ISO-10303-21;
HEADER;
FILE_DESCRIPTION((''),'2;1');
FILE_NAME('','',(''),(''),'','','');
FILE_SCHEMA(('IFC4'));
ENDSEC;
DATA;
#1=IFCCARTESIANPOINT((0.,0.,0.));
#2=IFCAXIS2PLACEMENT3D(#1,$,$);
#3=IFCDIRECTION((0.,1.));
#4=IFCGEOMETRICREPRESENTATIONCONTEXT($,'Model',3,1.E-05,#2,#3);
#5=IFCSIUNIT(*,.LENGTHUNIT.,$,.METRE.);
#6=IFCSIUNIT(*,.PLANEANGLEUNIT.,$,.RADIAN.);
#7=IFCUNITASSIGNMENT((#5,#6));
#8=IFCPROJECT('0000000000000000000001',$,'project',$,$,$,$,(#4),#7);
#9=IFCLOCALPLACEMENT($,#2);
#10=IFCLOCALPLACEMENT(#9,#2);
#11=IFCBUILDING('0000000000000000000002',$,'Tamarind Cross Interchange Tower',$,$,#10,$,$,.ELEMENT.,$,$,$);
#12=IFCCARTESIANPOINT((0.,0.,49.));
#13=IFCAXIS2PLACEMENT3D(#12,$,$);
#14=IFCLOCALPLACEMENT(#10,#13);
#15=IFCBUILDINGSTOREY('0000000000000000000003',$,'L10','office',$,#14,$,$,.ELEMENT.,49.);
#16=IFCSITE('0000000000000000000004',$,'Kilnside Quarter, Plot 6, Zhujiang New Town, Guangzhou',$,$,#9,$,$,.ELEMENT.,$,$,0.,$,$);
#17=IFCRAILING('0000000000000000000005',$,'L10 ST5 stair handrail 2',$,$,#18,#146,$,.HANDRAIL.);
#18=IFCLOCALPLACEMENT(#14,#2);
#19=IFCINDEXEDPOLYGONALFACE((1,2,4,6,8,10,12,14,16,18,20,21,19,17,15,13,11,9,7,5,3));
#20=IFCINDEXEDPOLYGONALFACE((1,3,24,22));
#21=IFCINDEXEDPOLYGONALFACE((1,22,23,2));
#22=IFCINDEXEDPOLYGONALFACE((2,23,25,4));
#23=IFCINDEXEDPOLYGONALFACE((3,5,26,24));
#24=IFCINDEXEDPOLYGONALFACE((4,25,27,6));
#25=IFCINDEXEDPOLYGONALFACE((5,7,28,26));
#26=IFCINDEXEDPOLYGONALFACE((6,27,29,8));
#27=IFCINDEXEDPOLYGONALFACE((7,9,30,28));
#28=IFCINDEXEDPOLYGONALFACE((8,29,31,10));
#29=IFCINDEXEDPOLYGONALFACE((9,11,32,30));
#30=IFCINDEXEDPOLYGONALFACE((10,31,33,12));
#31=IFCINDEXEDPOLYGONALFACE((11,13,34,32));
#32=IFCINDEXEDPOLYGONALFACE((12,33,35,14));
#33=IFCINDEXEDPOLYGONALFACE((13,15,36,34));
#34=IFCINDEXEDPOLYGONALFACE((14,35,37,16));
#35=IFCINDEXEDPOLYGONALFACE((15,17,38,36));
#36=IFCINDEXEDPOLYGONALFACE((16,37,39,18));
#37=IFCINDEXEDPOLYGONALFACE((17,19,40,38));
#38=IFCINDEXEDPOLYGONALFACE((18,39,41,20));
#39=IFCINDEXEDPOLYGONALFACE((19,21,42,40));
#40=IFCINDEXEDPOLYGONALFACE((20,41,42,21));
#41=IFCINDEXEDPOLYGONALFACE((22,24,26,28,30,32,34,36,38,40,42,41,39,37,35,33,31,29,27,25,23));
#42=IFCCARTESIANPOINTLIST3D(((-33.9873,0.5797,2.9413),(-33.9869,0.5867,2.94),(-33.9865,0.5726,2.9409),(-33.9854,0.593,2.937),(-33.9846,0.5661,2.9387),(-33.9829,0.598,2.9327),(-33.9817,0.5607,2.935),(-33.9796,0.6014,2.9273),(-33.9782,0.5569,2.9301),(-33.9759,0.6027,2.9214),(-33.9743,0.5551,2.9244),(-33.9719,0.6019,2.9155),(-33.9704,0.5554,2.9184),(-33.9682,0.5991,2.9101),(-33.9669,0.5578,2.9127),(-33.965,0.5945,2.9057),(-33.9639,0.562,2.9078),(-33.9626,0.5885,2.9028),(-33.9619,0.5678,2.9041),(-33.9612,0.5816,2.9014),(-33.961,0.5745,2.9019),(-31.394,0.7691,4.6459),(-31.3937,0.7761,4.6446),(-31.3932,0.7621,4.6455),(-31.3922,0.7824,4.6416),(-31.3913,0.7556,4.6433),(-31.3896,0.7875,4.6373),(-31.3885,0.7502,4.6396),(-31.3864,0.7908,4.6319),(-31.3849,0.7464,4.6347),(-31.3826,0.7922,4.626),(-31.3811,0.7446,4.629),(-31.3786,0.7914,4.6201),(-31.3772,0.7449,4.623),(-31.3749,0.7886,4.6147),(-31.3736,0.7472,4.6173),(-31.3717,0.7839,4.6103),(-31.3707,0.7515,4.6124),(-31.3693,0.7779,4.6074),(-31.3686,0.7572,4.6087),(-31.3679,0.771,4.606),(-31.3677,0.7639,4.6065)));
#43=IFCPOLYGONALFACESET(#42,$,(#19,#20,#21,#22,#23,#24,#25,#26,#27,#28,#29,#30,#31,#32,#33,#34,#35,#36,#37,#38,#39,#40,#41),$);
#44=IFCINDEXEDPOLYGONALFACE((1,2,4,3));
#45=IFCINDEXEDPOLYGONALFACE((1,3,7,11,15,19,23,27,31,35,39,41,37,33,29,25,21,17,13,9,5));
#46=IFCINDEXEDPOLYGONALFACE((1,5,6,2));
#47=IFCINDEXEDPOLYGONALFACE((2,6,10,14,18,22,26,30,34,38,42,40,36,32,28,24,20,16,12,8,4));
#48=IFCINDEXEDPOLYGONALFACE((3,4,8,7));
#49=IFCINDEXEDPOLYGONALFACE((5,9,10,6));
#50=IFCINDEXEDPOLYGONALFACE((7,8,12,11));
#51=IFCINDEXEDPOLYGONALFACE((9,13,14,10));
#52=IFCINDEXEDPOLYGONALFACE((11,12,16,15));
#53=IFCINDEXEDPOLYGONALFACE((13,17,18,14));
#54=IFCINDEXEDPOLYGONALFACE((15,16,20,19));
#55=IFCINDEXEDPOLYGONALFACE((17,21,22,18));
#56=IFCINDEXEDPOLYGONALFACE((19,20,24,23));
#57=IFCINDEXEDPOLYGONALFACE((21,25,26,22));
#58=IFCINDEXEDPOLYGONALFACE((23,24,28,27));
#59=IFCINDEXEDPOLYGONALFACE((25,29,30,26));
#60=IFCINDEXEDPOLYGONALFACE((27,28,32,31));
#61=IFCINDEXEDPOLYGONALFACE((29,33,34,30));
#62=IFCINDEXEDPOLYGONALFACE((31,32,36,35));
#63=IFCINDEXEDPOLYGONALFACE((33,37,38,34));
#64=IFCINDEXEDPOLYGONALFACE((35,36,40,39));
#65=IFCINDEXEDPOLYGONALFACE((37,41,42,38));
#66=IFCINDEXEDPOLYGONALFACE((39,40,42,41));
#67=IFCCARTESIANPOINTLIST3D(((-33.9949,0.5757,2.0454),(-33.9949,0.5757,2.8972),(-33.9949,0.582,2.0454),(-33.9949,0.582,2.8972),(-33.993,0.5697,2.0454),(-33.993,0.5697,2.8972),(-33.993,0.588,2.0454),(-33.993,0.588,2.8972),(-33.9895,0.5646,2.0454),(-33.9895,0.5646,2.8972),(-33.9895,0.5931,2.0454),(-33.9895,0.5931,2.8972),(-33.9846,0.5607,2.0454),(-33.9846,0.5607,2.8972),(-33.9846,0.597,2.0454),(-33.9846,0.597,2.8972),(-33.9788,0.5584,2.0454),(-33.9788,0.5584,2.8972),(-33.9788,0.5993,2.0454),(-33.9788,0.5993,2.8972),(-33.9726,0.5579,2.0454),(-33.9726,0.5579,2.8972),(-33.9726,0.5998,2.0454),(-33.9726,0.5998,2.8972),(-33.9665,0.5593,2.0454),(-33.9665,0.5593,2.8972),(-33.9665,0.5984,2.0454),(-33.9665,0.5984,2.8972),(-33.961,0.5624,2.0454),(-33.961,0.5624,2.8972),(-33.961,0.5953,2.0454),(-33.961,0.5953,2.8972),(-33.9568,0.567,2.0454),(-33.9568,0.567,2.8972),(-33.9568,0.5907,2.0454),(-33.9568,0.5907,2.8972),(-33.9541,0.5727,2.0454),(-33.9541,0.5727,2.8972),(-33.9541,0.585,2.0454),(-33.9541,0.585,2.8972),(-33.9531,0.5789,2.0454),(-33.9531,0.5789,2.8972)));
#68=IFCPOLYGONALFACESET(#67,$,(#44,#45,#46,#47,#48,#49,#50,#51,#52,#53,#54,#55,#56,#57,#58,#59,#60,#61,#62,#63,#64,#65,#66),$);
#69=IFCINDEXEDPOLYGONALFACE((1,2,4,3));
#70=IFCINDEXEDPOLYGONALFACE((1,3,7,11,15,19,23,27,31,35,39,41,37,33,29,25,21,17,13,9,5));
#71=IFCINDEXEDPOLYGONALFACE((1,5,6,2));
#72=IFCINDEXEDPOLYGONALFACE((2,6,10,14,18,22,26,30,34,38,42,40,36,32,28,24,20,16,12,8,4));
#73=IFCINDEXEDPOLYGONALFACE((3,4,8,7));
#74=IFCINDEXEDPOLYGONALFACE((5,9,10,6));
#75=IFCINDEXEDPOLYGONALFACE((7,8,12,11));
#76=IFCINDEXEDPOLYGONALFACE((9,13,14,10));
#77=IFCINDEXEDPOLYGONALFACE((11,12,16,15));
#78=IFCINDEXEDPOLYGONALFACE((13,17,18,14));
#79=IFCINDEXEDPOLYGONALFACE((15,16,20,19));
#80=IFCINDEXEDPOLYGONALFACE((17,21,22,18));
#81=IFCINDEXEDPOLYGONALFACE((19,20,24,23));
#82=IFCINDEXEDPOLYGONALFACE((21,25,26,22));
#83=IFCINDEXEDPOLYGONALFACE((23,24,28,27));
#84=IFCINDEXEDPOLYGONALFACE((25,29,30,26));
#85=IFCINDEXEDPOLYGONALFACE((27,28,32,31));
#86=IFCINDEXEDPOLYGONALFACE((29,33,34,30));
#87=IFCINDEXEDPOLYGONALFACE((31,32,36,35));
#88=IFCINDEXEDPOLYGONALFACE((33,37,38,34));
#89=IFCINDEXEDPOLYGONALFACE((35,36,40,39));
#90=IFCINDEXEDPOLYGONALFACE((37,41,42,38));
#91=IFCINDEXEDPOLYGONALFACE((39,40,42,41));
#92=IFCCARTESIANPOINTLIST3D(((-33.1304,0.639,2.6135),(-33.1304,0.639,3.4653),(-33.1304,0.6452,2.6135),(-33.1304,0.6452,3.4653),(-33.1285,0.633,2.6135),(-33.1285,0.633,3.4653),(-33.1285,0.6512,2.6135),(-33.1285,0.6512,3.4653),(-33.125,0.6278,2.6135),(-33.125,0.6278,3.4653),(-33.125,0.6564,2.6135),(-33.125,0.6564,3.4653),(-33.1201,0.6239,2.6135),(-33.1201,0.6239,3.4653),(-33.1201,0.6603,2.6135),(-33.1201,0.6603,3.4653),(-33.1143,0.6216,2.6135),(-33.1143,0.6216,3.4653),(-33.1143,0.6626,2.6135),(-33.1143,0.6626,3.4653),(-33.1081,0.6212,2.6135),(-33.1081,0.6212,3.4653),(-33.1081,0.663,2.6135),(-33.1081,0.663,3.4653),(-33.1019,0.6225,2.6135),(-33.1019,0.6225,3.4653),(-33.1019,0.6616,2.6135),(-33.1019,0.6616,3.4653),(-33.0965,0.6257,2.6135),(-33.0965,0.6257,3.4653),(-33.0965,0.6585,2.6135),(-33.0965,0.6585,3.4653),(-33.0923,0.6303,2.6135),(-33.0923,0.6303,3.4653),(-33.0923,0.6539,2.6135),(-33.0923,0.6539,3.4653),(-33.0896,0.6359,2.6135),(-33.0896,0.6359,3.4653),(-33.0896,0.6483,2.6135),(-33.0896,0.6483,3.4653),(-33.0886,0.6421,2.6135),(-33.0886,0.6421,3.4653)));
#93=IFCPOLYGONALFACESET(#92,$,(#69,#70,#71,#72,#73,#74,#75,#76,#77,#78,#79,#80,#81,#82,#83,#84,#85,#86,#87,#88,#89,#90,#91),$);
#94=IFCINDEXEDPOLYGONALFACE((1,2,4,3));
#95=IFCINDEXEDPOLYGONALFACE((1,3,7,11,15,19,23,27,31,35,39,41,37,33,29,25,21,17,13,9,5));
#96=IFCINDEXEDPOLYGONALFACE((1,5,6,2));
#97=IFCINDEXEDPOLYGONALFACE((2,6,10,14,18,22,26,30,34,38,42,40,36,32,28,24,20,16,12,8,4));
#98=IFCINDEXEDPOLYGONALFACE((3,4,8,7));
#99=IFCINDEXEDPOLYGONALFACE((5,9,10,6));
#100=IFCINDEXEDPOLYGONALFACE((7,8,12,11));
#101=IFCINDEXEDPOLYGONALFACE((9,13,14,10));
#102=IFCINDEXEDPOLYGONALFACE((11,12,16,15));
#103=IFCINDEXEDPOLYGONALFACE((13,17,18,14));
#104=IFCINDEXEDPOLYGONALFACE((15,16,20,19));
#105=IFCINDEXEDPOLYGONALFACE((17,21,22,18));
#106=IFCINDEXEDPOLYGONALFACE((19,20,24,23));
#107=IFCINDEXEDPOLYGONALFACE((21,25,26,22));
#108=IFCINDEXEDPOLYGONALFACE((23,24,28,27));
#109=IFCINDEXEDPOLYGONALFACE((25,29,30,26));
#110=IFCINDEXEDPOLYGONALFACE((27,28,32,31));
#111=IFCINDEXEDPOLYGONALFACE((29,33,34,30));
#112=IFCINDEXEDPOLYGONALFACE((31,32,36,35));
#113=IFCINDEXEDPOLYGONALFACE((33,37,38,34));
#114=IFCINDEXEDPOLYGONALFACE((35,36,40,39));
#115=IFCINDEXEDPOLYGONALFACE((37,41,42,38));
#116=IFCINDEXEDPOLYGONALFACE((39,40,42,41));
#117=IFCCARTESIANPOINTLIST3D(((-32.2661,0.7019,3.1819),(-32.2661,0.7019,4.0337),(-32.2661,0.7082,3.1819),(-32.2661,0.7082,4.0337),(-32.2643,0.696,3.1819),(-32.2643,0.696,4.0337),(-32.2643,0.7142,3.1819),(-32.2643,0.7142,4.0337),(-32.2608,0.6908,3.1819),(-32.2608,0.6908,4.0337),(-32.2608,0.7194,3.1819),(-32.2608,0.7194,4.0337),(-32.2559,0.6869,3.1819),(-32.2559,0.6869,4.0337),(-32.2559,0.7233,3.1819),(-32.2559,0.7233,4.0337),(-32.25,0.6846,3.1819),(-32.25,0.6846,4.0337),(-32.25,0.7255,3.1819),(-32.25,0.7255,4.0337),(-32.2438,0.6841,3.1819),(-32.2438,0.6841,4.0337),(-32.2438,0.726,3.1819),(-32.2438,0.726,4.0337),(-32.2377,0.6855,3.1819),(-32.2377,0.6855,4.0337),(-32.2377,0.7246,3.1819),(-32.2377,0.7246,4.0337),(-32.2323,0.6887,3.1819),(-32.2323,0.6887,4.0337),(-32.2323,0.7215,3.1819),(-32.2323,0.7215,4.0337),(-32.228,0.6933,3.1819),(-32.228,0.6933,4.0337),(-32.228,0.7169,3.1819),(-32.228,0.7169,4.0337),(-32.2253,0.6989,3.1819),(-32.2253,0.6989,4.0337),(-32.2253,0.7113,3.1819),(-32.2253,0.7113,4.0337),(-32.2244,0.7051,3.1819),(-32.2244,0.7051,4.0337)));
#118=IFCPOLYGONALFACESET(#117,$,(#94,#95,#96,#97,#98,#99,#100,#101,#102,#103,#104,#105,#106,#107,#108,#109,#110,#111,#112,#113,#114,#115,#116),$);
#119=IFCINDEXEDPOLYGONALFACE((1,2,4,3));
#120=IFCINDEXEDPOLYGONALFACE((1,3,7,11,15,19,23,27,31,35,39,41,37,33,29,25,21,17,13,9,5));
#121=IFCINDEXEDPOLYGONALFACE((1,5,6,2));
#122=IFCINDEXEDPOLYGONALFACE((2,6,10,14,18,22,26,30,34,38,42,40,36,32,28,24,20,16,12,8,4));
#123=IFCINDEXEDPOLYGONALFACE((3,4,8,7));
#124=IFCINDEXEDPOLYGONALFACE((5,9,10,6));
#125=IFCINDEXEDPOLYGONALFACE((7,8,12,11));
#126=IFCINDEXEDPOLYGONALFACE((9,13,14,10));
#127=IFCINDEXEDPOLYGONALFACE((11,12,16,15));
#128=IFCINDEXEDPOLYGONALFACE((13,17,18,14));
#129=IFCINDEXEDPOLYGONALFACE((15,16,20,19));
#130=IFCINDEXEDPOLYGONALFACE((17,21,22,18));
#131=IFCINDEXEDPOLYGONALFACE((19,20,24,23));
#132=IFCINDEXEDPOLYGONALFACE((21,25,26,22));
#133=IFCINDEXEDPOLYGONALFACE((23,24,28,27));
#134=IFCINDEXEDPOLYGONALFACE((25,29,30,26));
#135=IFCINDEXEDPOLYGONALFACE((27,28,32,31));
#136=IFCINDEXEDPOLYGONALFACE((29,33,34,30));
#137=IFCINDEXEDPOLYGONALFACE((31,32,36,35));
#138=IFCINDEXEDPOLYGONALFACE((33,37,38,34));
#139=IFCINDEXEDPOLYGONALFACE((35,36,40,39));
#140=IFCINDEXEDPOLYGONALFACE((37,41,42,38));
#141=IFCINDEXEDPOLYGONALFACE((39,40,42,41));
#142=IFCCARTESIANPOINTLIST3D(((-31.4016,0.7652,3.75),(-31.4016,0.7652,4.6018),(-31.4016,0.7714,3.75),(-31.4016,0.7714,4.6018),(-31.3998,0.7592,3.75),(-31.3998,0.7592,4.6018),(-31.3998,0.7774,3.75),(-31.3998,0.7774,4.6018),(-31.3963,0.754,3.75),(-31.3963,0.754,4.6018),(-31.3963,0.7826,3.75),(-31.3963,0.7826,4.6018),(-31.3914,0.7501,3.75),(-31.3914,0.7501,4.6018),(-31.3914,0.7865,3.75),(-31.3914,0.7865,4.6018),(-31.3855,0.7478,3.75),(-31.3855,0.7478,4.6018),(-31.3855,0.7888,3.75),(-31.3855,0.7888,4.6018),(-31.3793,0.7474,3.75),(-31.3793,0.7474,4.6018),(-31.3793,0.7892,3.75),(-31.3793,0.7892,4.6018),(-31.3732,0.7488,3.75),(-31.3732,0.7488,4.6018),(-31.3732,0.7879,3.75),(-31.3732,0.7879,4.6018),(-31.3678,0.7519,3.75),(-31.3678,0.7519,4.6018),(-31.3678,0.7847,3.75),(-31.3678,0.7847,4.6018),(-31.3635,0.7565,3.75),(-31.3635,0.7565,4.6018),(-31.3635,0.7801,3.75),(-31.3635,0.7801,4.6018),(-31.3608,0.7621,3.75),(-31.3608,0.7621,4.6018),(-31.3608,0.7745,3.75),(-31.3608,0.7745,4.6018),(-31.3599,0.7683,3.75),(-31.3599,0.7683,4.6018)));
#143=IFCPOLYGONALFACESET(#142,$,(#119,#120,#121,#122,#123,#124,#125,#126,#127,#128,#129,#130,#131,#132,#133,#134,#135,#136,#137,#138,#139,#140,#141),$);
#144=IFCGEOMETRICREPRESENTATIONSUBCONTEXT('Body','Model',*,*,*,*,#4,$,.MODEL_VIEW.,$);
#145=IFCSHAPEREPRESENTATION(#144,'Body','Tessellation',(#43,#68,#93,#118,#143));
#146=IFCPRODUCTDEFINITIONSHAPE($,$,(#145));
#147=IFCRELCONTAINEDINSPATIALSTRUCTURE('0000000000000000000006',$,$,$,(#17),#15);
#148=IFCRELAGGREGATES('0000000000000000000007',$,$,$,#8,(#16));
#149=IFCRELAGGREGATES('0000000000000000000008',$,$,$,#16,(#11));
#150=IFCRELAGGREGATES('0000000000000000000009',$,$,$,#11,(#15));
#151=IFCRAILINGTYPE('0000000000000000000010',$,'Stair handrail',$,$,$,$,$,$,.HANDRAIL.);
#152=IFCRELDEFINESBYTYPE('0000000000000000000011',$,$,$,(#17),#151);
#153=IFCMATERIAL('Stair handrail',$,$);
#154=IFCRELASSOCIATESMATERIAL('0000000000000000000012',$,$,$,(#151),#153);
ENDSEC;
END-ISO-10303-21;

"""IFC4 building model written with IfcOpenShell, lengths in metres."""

from ifc_helpers import new_model, si_unit, direction, frame, origin, origin_2d, place, context, subcontext, project, spatial, circle, extrude, material, type_object, element, save


model = new_model("IFC4")

# Units and contexts
model_context = context("Model", 3, precision=1e-05, world=origin(), true_north=direction((0.0, 1.0)))
body_context = subcontext(model_context, "Body", "Model", "MODEL_VIEW")
ifc_project = project(units=[si_unit("LENGTHUNIT", "METRE"), si_unit("PLANEANGLEUNIT", "RADIAN")], contexts=[model_context])

# Site, building, storey
site_placement = place(None, origin())
site = spatial("IfcSite", under=ifc_project, at=site_placement, Name="Kilnside Quarter, Plot 6, Zhujiang New Town, Guangzhou", CompositionType="ELEMENT", RefElevation=0.0)
building_placement = place(site_placement, origin())
building = spatial("IfcBuilding", under=site, at=building_placement, Name="Tamarind Cross Interchange Tower", CompositionType="ELEMENT")
storey_placement = place(building_placement, frame((0.0, 0.0, 49.0)))
storey = spatial("IfcBuildingStorey", under=building, at=storey_placement, Name="L10", Description="office", CompositionType="ELEMENT", Elevation=49.0)

# Railing
ifc_material_1 = material(Name="Stair handrail")
railing_type_1 = type_object("IfcRailingType", Name="Stair handrail", PredefinedType="HANDRAIL", material=ifc_material_1)
railing_1_placement = place(storey_placement, frame((-33.9741, 0.5789, 2.0454)))
element("IfcRailing", 1, at=railing_1_placement, inside=storey, type_object=railing_type_1, Name="L10 ST5 stair handrail 2", PredefinedType="HANDRAIL", context=body_context, shape_type="SweptSolid", body=[
    extrude(circle(Radius=0.0239, at=origin_2d()), frame((0.0, 0.0, 0.876), z_axis=(0.834087, 0.060935, 0.548258), x_axis=(-0.072862, 0.997342, 0.0)), (0.0, 0.0, 1.0), 3.1091),
    extrude(circle(Radius=0.021, at=origin_2d()), origin(), (0.0, 0.0, 1.0), 0.8518),
    extrude(circle(Radius=0.021, at=origin_2d()), frame((0.8645, 0.0632, 0.5681)), (0.0, 0.0, 1.0), 0.8518),
    extrude(circle(Radius=0.021, at=origin_2d()), frame((1.7288, 0.1262, 1.1365)), (0.0, 0.0, 1.0), 0.8518),
    extrude(circle(Radius=0.021, at=origin_2d()), frame((2.5933, 0.1895, 1.7046)), (0.0, 0.0, 1.0), 0.8518),
])

save(model, "model.ifc")
